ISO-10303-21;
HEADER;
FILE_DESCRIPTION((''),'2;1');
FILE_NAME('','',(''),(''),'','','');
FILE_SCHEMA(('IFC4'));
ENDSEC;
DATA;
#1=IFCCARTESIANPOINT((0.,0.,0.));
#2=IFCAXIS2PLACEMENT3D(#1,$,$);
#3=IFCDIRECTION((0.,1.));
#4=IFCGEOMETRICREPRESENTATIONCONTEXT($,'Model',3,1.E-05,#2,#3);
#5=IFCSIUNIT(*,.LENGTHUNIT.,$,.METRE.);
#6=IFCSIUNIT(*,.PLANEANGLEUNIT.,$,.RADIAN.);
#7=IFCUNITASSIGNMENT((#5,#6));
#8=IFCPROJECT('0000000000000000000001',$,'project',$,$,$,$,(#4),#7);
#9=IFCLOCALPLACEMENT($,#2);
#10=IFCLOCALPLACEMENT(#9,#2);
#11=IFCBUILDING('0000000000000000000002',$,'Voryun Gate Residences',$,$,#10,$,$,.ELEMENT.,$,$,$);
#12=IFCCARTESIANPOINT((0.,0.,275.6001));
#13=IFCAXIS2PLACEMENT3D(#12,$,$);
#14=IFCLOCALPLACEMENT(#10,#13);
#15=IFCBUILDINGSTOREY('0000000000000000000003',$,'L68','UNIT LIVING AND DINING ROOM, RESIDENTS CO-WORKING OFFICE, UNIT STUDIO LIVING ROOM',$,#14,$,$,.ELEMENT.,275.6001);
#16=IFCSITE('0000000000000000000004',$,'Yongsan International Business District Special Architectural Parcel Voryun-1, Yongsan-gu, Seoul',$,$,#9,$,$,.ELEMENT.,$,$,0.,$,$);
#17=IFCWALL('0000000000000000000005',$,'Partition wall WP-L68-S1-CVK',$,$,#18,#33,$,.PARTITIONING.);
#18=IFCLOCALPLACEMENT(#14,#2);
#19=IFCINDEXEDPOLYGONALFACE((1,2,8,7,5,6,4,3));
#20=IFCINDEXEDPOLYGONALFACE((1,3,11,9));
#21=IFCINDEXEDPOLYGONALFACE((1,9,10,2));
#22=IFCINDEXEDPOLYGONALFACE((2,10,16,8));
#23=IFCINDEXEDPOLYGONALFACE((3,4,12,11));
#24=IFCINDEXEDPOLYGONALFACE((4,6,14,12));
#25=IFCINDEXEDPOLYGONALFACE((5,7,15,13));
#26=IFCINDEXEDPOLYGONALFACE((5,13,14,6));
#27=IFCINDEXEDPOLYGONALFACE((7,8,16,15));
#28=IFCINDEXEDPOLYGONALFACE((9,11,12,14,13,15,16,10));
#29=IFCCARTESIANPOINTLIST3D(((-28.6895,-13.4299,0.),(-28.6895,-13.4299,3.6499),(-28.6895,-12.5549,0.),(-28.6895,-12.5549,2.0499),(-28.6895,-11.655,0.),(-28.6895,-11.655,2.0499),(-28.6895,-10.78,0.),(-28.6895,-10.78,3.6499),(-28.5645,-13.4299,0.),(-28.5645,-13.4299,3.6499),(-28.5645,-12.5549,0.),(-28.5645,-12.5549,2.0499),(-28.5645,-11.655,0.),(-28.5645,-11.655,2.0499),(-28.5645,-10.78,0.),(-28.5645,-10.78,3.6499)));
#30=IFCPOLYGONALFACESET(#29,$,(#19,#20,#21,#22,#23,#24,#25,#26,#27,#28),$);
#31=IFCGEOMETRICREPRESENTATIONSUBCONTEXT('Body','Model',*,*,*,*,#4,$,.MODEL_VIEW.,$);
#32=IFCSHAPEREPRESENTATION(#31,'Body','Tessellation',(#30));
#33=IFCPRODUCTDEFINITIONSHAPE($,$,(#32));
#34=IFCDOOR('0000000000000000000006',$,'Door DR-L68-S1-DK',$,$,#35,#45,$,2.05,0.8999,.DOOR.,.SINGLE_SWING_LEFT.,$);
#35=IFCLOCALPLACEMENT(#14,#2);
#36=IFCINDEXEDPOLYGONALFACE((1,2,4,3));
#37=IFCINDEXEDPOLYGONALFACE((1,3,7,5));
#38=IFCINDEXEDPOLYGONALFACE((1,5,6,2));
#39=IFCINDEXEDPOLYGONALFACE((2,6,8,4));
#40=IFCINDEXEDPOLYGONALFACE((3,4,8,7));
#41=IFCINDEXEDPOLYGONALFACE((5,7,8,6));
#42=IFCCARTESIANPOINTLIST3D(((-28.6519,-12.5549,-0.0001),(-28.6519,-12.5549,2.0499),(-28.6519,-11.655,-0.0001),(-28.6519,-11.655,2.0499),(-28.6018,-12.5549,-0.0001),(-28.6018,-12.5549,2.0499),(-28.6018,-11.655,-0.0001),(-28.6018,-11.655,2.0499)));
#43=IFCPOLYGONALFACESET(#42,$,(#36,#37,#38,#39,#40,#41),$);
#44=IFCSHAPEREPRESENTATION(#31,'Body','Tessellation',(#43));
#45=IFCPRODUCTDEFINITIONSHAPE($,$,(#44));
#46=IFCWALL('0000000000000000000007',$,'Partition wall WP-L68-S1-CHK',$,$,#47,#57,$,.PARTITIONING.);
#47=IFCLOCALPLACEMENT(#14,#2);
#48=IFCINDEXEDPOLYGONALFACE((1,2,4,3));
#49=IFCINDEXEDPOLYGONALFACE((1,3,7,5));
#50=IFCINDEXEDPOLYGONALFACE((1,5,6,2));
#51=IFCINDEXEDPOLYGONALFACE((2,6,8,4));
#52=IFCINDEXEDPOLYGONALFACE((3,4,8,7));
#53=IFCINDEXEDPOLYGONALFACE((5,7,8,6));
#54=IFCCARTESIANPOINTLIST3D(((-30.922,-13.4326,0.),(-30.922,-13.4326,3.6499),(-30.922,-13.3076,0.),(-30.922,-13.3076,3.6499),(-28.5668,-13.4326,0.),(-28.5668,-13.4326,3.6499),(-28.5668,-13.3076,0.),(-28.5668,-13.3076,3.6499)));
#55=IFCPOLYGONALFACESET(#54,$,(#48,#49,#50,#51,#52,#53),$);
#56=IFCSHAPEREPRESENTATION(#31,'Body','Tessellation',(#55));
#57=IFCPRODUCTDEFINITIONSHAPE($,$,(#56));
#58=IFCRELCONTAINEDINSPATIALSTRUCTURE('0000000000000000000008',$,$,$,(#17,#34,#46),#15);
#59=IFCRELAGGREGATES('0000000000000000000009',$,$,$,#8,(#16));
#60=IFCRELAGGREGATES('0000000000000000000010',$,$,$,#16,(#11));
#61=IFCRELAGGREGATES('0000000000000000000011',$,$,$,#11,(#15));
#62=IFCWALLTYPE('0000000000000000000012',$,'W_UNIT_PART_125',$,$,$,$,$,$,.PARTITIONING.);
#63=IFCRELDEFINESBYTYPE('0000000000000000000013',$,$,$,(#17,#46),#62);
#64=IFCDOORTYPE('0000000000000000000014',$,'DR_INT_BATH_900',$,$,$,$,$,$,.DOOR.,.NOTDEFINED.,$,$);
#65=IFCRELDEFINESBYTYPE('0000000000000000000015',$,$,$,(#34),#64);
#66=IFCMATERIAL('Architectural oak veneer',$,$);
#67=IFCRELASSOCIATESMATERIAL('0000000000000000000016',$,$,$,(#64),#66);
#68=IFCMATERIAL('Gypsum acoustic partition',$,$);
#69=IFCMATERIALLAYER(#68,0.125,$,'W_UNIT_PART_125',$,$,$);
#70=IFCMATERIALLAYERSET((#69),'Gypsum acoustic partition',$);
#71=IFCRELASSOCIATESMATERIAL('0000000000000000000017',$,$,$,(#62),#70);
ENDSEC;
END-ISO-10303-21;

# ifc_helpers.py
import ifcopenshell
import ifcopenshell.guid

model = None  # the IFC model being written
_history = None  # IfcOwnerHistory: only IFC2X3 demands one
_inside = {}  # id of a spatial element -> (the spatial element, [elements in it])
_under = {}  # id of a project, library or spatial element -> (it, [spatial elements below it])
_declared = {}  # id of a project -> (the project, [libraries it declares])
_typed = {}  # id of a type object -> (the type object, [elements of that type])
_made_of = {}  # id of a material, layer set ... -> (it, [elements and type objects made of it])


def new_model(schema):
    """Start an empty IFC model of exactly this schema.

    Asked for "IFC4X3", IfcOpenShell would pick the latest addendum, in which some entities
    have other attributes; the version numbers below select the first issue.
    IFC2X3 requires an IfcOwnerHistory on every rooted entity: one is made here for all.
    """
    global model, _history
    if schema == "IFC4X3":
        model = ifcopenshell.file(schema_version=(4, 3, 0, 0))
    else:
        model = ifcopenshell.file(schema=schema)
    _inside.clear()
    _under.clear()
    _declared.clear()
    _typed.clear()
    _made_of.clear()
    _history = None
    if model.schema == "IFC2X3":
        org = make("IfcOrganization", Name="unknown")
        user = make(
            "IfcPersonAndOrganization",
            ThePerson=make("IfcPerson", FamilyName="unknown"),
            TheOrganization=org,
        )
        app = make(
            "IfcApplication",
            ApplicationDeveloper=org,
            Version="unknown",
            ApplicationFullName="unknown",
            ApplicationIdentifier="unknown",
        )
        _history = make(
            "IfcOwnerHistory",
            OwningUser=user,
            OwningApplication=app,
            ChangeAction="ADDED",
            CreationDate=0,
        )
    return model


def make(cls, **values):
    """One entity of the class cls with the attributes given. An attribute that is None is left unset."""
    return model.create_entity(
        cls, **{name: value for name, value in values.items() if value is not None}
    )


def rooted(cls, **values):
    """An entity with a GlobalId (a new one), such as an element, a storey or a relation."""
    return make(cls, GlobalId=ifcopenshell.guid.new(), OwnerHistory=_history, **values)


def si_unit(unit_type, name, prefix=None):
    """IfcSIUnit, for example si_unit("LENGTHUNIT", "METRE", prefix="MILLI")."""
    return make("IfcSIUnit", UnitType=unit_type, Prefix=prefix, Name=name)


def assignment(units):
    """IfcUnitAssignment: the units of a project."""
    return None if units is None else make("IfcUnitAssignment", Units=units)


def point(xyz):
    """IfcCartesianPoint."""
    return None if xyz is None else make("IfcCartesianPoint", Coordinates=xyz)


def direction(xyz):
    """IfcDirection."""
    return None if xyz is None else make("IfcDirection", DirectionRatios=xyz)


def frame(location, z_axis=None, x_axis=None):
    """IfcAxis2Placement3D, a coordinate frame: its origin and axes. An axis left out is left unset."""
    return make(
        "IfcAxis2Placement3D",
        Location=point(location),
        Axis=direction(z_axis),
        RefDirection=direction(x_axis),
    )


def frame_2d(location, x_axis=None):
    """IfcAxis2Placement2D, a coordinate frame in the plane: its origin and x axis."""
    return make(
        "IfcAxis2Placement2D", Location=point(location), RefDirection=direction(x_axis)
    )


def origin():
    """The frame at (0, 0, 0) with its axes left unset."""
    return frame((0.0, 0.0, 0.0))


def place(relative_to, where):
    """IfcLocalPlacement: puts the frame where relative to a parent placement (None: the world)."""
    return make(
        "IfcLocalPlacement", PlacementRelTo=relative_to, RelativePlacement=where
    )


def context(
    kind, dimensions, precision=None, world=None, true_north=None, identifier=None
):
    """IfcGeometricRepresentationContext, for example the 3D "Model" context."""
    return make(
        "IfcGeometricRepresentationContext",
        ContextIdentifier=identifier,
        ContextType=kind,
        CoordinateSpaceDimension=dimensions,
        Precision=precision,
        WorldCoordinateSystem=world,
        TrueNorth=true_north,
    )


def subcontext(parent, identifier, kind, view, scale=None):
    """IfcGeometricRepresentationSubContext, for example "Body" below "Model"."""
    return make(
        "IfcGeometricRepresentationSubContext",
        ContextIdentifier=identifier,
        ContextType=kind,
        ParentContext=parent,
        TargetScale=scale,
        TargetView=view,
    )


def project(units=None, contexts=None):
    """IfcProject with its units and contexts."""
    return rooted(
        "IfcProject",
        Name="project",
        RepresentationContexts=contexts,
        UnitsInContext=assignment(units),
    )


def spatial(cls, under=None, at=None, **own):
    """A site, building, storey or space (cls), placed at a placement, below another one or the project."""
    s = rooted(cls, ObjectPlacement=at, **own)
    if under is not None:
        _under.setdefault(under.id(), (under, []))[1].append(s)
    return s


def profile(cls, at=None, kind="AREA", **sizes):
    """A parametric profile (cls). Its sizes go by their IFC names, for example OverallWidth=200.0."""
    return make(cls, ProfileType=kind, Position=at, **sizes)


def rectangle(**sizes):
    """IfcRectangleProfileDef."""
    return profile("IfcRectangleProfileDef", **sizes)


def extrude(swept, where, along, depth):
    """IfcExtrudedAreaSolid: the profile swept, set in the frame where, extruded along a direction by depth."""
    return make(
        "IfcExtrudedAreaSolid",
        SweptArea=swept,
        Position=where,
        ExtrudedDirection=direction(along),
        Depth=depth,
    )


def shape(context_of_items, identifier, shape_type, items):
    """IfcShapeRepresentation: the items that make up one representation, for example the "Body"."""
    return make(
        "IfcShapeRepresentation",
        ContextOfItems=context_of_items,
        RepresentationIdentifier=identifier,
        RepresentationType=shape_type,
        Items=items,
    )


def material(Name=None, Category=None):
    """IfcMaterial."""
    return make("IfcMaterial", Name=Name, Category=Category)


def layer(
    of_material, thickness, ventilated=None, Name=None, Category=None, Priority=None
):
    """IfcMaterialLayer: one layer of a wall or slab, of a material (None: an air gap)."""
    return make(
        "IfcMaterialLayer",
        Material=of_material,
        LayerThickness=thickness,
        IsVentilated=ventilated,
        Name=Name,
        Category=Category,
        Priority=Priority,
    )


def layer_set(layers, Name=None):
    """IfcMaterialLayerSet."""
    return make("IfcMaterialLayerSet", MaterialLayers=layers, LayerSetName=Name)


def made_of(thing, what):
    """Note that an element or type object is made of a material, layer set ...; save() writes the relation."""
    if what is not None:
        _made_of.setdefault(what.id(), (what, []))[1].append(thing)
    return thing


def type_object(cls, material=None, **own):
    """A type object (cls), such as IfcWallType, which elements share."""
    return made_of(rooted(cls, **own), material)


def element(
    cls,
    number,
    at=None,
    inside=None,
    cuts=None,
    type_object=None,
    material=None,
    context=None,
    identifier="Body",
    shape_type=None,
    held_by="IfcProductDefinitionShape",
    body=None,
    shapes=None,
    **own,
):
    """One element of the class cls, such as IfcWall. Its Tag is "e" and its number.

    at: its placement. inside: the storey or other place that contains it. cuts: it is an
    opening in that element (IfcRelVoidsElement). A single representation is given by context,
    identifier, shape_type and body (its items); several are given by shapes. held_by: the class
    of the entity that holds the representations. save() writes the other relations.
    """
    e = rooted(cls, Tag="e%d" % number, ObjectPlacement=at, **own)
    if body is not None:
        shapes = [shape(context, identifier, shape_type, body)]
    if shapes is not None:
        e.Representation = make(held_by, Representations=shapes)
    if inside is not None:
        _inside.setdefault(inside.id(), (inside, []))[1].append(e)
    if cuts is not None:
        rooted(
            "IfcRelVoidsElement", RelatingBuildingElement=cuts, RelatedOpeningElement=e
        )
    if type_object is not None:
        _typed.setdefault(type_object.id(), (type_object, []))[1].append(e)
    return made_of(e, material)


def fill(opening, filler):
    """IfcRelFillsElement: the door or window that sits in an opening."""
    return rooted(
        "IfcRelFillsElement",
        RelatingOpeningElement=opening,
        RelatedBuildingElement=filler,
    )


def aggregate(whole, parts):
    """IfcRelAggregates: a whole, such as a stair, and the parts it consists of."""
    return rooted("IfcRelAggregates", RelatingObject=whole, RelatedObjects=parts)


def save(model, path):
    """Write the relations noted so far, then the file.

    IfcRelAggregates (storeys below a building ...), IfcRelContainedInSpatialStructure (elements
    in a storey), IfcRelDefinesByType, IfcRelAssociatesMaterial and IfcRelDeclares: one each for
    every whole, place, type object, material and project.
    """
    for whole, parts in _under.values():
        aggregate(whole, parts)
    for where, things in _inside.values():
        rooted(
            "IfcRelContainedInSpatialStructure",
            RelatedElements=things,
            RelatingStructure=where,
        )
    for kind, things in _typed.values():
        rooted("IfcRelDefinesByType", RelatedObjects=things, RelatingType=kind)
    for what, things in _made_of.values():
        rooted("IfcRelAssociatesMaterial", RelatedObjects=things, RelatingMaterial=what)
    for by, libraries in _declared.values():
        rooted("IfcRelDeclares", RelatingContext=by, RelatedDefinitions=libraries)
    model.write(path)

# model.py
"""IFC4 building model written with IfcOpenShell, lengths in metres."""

from ifc_helpers import new_model, si_unit, direction, frame, frame_2d, origin, place, context, subcontext, project, spatial, rectangle, extrude, material, layer, layer_set, type_object, element, fill, save


model = new_model("IFC4")

# Units and contexts
model_context = context("Model", 3, precision=1e-05, world=origin(), true_north=direction((0.0, 1.0)))
body_context = subcontext(model_context, "Body", "Model", "MODEL_VIEW")
ifc_project = project(units=[si_unit("LENGTHUNIT", "METRE"), si_unit("PLANEANGLEUNIT", "RADIAN")], contexts=[model_context])

# Site, building, storey
site_placement = place(None, origin())
site = spatial("IfcSite", under=ifc_project, at=site_placement, Name="Yongsan International Business District Special Architectural Parcel Voryun-1, Yongsan-gu, Seoul", CompositionType="ELEMENT", RefElevation=0.0)
building_placement = place(site_placement, origin())
building = spatial("IfcBuilding", under=site, at=building_placement, Name="Voryun Gate Residences", CompositionType="ELEMENT")
storey_placement = place(building_placement, frame((0.0, 0.0, 275.6001)))
storey = spatial("IfcBuildingStorey", under=building, at=storey_placement, Name="L68", Description="UNIT LIVING AND DINING ROOM, RESIDENTS CO-WORKING OFFICE, UNIT STUDIO LIVING ROOM", CompositionType="ELEMENT", Elevation=275.6001)

# Shared definitions
ifc_material_1 = material(Name="Architectural oak veneer")
door_type_1 = type_object("IfcDoorType", Name="DR_INT_BATH_900", OperationType="NOTDEFINED", PredefinedType="DOOR", material=ifc_material_1)

# Wall, opening, door
ifc_material_2 = material(Name="Gypsum acoustic partition")
ifc_layer_1 = layer(ifc_material_2, 0.125, Name="W_UNIT_PART_125")
ifc_layer_set_1 = layer_set([ifc_layer_1], Name="Gypsum acoustic partition")
wall_type_1 = type_object("IfcWallType", Name="W_UNIT_PART_125", PredefinedType="PARTITIONING", material=ifc_layer_set_1)
wall_1_placement = place(storey_placement, frame((-28.627, -13.4299, 0.0), z_axis=(0.0, 0.0, 1.0), x_axis=(0.0, 1.0, 0.0)))
wall_1 = element("IfcWall", 1, at=wall_1_placement, inside=storey, type_object=wall_type_1, Name="Partition wall WP-L68-S1-CVK", PredefinedType="PARTITIONING", context=body_context, shape_type="SweptSolid", body=[
    extrude(rectangle(XDim=2.6499, YDim=0.125, at=frame_2d((1.325, 0.0))), origin(), (0.0, 0.0, 1.0), 3.6499),
])
opening_1_placement = place(wall_1_placement, frame((0.875, 0.0, 0.0)))
opening_1 = element("IfcOpeningElement", 2, at=opening_1_placement, cuts=wall_1, PredefinedType="OPENING", context=body_context, shape_type="SweptSolid", body=[
    extrude(rectangle(XDim=0.8999, YDim=2.05, at=frame_2d((0.45, 1.0249))), frame((0.0, 0.0725, 0.0), z_axis=(0.0, -1.0, 0.0), x_axis=(1.0, 0.0, 0.0)), (0.0, 0.0, 1.0), 0.145),
])
door_1_placement = place(opening_1_placement, origin())
door_1 = element("IfcDoor", 3, at=door_1_placement, inside=storey, type_object=door_type_1, Name="Door DR-L68-S1-DK", OperationType="SINGLE_SWING_LEFT", OverallHeight=2.05, OverallWidth=0.8999, PredefinedType="DOOR", context=body_context, shape_type="SweptSolid", body=[
    extrude(rectangle(XDim=0.8999, YDim=2.05, at=frame_2d((0.45, 1.0249))), frame((0.0, 0.0249, 0.0), z_axis=(0.0, -1.0, 0.0), x_axis=(1.0, 0.0, 0.0)), (0.0, 0.0, 1.0), 0.05),
])
fill(opening_1, door_1)

# Wall
wall_2_placement = place(storey_placement, frame((-30.9221, -13.3701, 0.0), z_axis=(0.0, 0.0, 1.0), x_axis=(1.0, 0.0, 0.0)))
element("IfcWall", 4, at=wall_2_placement, inside=storey, type_object=wall_type_1, Name="Partition wall WP-L68-S1-CHK", PredefinedType="PARTITIONING", context=body_context, shape_type="SweptSolid", body=[
    extrude(rectangle(XDim=2.3552, YDim=0.125, at=frame_2d((1.1777, 0.0))), origin(), (0.0, 0.0, 1.0), 3.6499),
])

save(model, "model.ifc")
